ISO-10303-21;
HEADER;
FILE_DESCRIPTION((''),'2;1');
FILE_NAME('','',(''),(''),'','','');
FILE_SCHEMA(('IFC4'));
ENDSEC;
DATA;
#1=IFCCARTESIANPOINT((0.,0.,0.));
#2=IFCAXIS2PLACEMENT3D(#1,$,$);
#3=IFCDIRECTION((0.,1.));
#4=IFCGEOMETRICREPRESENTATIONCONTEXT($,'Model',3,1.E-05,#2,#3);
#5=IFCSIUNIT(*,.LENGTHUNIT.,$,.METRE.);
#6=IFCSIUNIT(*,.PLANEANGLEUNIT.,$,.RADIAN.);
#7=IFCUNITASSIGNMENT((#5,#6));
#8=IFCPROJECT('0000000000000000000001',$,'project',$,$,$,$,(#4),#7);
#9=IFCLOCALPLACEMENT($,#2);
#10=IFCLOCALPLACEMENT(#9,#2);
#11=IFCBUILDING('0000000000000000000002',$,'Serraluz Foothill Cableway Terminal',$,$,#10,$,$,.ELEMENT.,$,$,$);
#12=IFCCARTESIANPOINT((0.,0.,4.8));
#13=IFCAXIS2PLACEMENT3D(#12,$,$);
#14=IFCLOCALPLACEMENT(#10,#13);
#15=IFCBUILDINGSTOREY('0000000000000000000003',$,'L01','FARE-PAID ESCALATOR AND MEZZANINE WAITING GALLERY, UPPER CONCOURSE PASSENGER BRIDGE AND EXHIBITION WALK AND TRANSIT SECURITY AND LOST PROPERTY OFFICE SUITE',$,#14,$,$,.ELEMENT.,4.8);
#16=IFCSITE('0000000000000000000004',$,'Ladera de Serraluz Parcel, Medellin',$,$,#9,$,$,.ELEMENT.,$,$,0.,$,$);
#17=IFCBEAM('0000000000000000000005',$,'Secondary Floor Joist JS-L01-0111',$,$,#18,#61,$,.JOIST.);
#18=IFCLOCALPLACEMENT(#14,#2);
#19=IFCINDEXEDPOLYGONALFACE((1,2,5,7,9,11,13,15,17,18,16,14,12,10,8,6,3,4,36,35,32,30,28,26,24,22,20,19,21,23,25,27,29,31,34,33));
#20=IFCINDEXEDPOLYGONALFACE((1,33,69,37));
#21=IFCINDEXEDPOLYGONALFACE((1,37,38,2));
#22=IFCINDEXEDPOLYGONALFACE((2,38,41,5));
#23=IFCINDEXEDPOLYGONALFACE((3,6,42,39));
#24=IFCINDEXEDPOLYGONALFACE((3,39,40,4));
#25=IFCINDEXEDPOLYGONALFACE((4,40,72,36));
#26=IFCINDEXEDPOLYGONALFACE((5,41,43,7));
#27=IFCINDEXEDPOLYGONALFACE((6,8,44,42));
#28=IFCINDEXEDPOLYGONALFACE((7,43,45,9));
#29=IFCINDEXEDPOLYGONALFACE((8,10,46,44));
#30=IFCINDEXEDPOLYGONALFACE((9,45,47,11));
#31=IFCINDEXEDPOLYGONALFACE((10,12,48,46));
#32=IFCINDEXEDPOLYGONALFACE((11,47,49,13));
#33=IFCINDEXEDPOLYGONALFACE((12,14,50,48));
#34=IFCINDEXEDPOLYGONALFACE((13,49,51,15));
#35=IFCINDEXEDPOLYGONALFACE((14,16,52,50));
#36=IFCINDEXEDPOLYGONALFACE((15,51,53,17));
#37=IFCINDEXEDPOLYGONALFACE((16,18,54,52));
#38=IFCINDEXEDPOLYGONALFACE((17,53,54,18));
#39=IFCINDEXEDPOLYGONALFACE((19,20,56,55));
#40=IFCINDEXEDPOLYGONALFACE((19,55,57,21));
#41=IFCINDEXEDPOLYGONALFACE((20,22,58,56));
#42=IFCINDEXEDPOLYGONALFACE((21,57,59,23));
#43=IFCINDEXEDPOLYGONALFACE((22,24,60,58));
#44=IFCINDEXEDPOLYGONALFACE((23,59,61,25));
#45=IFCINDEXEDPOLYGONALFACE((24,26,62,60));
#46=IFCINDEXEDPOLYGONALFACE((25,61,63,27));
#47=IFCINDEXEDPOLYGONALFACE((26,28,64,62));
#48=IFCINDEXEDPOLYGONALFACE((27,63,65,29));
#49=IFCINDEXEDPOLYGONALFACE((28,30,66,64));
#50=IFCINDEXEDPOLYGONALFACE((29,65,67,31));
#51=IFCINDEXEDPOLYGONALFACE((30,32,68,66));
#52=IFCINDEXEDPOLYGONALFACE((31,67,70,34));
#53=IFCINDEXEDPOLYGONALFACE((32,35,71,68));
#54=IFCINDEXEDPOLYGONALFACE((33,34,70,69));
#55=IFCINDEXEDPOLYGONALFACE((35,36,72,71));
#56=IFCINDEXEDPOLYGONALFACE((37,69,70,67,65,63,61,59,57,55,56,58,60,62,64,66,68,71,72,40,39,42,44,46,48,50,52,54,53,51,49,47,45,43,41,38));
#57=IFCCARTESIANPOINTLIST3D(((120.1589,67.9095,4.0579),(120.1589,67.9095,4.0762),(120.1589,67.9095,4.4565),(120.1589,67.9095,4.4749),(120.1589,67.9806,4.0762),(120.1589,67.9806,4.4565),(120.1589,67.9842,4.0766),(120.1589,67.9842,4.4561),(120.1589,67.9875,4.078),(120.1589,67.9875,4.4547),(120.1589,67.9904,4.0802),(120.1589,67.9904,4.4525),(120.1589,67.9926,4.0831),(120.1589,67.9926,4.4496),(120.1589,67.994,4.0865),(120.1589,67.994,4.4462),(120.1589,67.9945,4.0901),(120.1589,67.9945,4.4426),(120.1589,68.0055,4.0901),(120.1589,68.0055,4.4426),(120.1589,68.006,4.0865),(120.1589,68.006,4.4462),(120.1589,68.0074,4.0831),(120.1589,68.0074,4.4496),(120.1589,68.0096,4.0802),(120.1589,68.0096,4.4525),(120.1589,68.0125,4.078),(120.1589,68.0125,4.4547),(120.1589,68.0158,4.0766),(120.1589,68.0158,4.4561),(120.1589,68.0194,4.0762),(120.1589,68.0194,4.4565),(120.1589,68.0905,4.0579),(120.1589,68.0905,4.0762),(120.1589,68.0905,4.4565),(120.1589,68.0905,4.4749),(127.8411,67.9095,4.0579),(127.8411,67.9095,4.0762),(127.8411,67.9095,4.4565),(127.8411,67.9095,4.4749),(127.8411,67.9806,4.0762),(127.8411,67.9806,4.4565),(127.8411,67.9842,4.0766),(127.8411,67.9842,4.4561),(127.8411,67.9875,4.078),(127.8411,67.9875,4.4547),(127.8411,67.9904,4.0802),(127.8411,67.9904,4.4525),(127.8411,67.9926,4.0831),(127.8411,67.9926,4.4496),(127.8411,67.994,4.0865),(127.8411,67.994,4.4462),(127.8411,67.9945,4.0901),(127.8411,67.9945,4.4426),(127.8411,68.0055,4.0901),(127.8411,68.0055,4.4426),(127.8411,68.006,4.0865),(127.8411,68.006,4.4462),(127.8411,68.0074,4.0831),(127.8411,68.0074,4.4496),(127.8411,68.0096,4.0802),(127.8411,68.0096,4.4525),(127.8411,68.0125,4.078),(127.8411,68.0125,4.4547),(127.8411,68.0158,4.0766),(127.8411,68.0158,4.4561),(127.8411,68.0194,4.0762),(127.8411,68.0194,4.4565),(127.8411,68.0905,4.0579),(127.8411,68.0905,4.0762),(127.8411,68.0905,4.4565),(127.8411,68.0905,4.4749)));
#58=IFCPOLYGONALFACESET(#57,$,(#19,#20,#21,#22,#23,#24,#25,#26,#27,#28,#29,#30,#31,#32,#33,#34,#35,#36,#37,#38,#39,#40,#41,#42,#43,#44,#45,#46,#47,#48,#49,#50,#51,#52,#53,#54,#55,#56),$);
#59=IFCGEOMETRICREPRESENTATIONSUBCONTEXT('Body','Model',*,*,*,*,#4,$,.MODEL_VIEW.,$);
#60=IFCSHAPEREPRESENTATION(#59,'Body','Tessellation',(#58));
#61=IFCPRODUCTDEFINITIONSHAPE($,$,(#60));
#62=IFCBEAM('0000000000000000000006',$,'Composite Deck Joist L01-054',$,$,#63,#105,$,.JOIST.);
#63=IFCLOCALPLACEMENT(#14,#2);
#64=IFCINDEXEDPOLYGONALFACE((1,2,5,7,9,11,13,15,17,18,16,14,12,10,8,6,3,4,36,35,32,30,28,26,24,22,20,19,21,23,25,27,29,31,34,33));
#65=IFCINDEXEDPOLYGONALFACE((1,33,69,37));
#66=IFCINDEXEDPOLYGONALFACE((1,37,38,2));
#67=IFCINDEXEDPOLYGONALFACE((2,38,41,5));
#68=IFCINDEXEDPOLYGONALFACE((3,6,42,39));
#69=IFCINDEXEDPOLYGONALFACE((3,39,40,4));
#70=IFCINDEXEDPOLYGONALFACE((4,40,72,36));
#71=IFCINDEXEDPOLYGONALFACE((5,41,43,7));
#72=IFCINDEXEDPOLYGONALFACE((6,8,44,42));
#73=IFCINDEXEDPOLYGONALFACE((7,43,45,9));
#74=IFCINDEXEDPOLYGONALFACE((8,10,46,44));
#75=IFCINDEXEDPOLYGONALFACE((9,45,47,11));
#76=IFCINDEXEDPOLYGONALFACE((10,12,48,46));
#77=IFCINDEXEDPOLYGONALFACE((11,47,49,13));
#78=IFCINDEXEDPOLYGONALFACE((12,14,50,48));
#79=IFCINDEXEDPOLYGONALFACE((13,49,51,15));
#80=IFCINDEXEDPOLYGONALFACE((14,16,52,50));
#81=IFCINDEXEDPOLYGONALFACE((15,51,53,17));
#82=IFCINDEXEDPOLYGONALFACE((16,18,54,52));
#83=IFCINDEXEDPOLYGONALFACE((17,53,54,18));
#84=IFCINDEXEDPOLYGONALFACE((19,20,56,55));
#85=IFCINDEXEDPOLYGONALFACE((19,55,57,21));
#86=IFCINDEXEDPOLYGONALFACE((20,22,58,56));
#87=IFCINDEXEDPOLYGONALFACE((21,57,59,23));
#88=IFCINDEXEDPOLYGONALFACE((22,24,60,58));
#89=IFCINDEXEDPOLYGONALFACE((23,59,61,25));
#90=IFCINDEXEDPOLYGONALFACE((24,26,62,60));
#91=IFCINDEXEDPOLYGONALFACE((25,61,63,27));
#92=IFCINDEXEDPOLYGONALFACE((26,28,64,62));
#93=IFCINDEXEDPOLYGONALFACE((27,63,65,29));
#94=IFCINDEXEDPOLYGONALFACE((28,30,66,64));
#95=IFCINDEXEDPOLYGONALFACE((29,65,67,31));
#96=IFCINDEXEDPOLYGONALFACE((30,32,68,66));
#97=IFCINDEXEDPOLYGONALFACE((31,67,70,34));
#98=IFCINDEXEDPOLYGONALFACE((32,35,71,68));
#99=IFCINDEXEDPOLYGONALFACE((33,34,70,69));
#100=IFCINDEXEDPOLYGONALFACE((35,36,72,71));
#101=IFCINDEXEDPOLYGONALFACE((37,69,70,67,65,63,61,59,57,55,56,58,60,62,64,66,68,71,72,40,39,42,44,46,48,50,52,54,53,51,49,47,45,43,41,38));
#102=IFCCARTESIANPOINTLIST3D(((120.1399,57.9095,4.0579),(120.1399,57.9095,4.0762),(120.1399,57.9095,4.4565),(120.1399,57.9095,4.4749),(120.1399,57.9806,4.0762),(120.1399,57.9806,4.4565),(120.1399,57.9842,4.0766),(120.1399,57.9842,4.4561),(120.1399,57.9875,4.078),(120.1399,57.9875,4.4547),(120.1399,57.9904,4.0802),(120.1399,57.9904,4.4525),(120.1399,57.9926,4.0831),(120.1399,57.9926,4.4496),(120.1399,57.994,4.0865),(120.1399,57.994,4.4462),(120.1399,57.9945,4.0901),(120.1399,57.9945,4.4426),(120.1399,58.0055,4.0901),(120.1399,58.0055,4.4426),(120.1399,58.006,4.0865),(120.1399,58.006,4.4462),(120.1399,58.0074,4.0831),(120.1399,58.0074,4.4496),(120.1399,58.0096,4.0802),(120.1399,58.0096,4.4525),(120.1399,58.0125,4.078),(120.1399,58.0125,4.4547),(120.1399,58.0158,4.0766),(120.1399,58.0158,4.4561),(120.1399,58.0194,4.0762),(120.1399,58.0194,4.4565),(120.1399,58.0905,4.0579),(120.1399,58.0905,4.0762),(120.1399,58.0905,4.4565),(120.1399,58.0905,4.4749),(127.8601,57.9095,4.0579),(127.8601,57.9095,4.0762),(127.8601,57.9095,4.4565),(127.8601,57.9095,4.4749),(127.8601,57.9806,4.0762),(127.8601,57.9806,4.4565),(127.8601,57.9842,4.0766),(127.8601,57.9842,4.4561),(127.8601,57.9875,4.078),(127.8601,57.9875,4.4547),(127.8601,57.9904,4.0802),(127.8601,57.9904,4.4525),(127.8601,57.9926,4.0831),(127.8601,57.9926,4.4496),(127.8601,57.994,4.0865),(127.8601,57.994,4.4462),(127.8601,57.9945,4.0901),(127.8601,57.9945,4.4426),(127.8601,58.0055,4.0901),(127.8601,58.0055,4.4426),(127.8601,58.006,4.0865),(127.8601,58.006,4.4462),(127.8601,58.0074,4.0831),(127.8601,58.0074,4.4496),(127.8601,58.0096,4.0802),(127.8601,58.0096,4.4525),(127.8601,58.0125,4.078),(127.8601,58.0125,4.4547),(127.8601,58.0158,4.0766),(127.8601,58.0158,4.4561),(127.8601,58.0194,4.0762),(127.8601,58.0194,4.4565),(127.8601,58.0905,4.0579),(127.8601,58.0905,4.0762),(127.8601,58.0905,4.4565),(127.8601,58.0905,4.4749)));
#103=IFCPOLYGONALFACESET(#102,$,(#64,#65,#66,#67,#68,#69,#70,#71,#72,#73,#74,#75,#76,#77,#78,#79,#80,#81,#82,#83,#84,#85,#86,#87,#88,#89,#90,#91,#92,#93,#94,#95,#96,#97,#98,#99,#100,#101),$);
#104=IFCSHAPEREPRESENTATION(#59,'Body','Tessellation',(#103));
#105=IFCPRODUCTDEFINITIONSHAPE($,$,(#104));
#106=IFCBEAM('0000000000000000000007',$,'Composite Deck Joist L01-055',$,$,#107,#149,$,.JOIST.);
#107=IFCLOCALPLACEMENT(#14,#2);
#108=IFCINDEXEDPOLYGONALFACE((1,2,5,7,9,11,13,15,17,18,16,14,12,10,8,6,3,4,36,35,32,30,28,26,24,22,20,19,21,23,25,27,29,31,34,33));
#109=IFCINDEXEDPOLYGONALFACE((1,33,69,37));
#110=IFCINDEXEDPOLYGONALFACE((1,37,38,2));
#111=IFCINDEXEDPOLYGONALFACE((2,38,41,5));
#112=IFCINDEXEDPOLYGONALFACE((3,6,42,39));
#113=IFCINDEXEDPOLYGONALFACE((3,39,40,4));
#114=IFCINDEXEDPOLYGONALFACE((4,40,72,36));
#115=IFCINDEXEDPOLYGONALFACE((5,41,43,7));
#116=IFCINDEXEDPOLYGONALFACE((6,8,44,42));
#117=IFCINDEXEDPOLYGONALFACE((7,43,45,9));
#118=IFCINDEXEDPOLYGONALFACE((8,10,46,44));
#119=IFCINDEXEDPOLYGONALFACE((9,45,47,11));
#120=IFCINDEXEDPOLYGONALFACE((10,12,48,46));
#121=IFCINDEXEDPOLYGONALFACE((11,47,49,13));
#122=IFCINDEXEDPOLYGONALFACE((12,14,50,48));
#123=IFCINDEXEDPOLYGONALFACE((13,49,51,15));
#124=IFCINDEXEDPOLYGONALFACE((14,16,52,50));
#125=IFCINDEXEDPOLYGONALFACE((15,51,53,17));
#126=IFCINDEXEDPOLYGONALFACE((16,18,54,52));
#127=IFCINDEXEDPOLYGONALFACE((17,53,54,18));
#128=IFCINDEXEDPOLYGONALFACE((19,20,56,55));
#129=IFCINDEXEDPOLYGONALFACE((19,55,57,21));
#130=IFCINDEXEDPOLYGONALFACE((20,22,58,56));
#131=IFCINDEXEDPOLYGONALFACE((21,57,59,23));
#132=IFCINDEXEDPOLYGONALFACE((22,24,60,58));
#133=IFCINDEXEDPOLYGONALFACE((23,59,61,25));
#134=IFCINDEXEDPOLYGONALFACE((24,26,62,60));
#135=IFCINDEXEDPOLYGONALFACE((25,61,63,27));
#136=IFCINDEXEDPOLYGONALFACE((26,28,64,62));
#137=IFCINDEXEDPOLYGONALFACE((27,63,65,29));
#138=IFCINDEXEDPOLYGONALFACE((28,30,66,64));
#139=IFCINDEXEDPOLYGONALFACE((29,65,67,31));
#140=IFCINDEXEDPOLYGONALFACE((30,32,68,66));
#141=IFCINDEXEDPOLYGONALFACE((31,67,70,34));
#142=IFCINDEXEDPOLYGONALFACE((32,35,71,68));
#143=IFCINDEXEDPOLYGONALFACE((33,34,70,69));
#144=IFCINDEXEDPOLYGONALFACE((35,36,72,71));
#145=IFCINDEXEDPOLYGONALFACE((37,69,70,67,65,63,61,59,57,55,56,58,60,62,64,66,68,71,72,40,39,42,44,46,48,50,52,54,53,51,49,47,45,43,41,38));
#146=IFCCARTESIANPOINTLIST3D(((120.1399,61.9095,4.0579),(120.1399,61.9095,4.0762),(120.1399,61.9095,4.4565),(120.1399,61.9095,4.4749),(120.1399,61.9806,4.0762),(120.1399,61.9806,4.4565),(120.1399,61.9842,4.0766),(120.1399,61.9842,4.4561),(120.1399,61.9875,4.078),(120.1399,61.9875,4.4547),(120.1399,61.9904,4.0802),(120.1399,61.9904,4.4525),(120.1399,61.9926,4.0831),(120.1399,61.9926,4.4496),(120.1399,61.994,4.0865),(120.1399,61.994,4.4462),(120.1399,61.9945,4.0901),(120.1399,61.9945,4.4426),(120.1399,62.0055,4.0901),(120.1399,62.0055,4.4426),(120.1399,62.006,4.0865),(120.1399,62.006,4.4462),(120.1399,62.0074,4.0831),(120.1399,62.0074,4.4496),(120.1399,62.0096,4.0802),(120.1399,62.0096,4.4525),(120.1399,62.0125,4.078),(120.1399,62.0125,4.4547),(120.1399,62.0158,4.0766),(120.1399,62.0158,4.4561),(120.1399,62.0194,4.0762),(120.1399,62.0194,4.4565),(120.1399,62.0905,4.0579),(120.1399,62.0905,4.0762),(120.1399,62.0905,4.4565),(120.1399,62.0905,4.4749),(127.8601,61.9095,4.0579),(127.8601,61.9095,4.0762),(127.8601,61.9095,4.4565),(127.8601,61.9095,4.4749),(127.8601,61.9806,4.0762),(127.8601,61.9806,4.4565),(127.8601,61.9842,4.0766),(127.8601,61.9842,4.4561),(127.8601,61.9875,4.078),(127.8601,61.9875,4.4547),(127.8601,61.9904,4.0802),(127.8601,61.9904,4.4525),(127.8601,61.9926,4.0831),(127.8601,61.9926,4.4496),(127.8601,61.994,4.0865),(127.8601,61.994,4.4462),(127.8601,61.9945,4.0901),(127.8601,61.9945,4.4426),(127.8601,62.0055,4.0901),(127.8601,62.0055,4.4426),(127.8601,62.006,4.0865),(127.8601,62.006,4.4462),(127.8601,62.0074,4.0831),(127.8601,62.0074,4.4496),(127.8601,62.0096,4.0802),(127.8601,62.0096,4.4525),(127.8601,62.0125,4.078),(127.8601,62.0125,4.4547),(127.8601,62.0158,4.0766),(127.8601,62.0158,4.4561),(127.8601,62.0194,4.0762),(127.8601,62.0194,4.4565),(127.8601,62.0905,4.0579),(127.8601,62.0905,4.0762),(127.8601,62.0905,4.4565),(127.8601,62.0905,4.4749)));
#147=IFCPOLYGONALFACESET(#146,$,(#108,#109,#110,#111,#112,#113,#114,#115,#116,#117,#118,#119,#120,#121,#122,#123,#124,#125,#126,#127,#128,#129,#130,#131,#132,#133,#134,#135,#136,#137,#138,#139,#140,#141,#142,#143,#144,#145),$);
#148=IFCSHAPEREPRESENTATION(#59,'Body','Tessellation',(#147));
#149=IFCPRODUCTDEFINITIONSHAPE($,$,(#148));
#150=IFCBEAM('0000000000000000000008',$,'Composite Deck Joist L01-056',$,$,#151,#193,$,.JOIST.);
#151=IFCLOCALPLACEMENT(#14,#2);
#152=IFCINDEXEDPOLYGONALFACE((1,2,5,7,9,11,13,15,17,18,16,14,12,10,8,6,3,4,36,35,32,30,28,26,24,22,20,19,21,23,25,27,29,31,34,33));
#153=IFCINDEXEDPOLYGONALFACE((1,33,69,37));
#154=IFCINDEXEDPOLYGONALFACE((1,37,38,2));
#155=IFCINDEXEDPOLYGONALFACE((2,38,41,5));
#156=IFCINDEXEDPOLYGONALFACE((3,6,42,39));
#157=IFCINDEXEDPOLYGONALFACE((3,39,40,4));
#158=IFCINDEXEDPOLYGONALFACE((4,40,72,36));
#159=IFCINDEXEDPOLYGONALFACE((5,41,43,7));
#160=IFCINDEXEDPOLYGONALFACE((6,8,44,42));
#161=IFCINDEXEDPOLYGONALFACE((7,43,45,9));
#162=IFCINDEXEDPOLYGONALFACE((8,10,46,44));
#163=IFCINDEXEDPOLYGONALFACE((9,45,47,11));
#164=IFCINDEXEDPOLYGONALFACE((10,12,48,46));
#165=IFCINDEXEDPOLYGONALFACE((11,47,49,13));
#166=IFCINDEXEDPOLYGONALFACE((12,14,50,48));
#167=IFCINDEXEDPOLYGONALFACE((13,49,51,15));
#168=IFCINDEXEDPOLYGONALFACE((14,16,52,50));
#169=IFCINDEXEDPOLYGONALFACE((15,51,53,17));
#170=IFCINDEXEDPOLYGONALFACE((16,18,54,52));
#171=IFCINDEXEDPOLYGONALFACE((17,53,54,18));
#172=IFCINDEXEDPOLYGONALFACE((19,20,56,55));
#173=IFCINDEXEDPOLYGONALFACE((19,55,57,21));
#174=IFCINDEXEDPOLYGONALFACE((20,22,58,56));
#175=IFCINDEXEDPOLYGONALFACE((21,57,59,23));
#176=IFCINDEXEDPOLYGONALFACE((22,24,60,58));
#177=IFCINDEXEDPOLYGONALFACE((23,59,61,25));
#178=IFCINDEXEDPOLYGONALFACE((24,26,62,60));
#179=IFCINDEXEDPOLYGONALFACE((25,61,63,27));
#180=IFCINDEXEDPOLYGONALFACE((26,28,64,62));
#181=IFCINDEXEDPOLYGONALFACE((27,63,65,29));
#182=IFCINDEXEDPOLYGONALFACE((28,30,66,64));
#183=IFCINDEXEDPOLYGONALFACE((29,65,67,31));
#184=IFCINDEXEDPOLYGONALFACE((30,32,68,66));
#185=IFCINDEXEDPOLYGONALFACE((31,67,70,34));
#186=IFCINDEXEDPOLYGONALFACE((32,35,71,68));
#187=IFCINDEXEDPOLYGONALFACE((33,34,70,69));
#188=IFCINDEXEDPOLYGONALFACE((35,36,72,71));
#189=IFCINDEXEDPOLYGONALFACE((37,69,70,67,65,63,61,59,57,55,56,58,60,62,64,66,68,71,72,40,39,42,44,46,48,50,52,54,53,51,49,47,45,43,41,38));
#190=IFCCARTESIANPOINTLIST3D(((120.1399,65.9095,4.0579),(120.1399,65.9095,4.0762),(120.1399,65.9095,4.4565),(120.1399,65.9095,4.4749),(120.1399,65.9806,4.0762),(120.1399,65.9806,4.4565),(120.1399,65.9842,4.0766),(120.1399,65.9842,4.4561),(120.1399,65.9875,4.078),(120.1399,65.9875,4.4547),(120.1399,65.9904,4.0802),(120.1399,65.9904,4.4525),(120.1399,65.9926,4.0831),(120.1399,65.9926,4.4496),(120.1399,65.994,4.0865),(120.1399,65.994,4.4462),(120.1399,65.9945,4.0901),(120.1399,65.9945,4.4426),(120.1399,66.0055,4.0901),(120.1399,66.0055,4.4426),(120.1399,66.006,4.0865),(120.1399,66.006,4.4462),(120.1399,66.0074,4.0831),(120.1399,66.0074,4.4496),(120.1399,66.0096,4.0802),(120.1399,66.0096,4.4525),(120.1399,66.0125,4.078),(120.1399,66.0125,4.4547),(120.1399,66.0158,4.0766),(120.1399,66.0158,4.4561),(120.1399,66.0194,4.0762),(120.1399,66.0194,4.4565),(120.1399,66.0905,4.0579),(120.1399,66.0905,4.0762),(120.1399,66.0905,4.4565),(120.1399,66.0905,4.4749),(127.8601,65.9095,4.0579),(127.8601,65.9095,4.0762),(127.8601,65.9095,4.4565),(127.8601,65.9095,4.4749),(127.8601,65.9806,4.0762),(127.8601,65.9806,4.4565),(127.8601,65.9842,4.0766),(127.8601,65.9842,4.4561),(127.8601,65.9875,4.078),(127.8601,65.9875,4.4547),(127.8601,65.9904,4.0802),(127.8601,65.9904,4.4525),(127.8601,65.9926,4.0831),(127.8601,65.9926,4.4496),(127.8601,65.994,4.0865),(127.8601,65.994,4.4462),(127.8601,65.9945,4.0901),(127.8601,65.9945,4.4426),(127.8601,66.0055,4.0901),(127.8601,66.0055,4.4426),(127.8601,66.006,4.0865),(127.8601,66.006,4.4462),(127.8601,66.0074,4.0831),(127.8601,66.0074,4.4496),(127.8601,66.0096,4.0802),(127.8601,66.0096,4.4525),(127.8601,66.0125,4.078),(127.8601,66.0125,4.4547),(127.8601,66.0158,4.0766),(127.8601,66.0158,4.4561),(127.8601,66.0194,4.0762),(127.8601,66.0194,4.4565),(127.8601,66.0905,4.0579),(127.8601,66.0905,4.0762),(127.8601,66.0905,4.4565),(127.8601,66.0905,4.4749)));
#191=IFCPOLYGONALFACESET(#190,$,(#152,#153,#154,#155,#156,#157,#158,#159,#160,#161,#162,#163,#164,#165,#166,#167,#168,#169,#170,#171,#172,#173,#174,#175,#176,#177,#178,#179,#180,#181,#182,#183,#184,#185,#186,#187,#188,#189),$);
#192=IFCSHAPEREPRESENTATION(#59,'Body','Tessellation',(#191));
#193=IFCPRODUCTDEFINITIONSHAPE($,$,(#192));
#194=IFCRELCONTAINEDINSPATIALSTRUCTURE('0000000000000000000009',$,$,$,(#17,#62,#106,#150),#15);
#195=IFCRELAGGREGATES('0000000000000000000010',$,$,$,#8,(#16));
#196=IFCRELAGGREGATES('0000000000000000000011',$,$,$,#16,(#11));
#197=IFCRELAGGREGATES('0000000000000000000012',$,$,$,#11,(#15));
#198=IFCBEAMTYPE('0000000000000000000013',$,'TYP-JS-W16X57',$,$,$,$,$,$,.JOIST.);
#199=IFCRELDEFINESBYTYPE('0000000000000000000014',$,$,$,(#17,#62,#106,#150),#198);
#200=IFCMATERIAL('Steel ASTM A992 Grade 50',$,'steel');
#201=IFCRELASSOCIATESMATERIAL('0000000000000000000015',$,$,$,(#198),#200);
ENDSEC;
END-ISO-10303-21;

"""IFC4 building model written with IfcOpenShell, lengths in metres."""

from ifc_helpers import new_model, si_unit, direction, frame, origin, origin_2d, place, context, subcontext, project, spatial, i_section, extrude, material, material_profile, profile_set, type_object, element, save


model = new_model("IFC4")

# Units and contexts
model_context = context("Model", 3, precision=1e-05, world=origin(), true_north=direction((0.0, 1.0)))
body_context = subcontext(model_context, "Body", "Model", "MODEL_VIEW")
ifc_project = project(units=[si_unit("LENGTHUNIT", "METRE"), si_unit("PLANEANGLEUNIT", "RADIAN")], contexts=[model_context])

# Site, building, storey
site_placement = place(None, origin())
site = spatial("IfcSite", under=ifc_project, at=site_placement, Name="Ladera de Serraluz Parcel, Medellin", CompositionType="ELEMENT", RefElevation=0.0)
building_placement = place(site_placement, origin())
building = spatial("IfcBuilding", under=site, at=building_placement, Name="Serraluz Foothill Cableway Terminal", CompositionType="ELEMENT")
storey_placement = place(building_placement, frame((0.0, 0.0, 4.8)))
storey = spatial("IfcBuildingStorey", under=building, at=storey_placement, Name="L01", Description="FARE-PAID ESCALATOR AND MEZZANINE WAITING GALLERY, UPPER CONCOURSE PASSENGER BRIDGE AND EXHIBITION WALK AND TRANSIT SECURITY AND LOST PROPERTY OFFICE SUITE", CompositionType="ELEMENT", Elevation=4.8)

# Beams
ifc_material_1 = material(Name="Steel ASTM A992 Grade 50", Category="steel")
ifc_material_profile_1 = material_profile(ifc_material_1, i_section(OverallWidth=0.1809, OverallDepth=0.417, WebThickness=0.011, FlangeThickness=0.0183, FilletRadius=0.0139, at=origin_2d()), Name="W16X57")
ifc_profile_set_1 = profile_set([ifc_material_profile_1], Name="Steel ASTM A992 Grade 50")
beam_type_1 = type_object("IfcBeamType", Name="TYP-JS-W16X57", PredefinedType="JOIST", material=ifc_profile_set_1)
for number, where, z_axis, x_axis, name in (
    (1, (120.1589, 68.0, 4.2664), (1.0, 0.0, 0.0), (0.0, 1.0, 0.0), "Secondary Floor Joist JS-L01-0111"),
):
    element("IfcBeam", number, at=place(storey_placement, frame(where, z_axis=z_axis, x_axis=x_axis)), inside=storey, type_object=beam_type_1, Name=name, PredefinedType="JOIST", context=body_context, shape_type="SweptSolid", body=[
        extrude(i_section(OverallWidth=0.1809, OverallDepth=0.417, WebThickness=0.011, FlangeThickness=0.0183, FilletRadius=0.0139, at=origin_2d()), origin(), (0.0, 0.0, 1.0), 7.6821),
    ])
for number, where, z_axis, x_axis, name in (
    (2, (120.1399, 58.0, 4.2664), (1.0, 0.0, 0.0), (0.0, 1.0, 0.0), "Composite Deck Joist L01-054"),
    (3, (120.1399, 62.0, 4.2664), (1.0, 0.0, 0.0), (0.0, 1.0, 0.0), "Composite Deck Joist L01-055"),
    (4, (120.1399, 66.0, 4.2664), (1.0, 0.0, 0.0), (0.0, 1.0, 0.0), "Composite Deck Joist L01-056"),
):
    element("IfcBeam", number, at=place(storey_placement, frame(where, z_axis=z_axis, x_axis=x_axis)), inside=storey, type_object=beam_type_1, Name=name, PredefinedType="JOIST", context=body_context, shape_type="SweptSolid", body=[
        extrude(i_section(OverallWidth=0.1809, OverallDepth=0.417, WebThickness=0.011, FlangeThickness=0.0183, FilletRadius=0.0139, at=origin_2d()), origin(), (0.0, 0.0, 1.0), 7.7202),
    ])

save(model, "model.ifc")
